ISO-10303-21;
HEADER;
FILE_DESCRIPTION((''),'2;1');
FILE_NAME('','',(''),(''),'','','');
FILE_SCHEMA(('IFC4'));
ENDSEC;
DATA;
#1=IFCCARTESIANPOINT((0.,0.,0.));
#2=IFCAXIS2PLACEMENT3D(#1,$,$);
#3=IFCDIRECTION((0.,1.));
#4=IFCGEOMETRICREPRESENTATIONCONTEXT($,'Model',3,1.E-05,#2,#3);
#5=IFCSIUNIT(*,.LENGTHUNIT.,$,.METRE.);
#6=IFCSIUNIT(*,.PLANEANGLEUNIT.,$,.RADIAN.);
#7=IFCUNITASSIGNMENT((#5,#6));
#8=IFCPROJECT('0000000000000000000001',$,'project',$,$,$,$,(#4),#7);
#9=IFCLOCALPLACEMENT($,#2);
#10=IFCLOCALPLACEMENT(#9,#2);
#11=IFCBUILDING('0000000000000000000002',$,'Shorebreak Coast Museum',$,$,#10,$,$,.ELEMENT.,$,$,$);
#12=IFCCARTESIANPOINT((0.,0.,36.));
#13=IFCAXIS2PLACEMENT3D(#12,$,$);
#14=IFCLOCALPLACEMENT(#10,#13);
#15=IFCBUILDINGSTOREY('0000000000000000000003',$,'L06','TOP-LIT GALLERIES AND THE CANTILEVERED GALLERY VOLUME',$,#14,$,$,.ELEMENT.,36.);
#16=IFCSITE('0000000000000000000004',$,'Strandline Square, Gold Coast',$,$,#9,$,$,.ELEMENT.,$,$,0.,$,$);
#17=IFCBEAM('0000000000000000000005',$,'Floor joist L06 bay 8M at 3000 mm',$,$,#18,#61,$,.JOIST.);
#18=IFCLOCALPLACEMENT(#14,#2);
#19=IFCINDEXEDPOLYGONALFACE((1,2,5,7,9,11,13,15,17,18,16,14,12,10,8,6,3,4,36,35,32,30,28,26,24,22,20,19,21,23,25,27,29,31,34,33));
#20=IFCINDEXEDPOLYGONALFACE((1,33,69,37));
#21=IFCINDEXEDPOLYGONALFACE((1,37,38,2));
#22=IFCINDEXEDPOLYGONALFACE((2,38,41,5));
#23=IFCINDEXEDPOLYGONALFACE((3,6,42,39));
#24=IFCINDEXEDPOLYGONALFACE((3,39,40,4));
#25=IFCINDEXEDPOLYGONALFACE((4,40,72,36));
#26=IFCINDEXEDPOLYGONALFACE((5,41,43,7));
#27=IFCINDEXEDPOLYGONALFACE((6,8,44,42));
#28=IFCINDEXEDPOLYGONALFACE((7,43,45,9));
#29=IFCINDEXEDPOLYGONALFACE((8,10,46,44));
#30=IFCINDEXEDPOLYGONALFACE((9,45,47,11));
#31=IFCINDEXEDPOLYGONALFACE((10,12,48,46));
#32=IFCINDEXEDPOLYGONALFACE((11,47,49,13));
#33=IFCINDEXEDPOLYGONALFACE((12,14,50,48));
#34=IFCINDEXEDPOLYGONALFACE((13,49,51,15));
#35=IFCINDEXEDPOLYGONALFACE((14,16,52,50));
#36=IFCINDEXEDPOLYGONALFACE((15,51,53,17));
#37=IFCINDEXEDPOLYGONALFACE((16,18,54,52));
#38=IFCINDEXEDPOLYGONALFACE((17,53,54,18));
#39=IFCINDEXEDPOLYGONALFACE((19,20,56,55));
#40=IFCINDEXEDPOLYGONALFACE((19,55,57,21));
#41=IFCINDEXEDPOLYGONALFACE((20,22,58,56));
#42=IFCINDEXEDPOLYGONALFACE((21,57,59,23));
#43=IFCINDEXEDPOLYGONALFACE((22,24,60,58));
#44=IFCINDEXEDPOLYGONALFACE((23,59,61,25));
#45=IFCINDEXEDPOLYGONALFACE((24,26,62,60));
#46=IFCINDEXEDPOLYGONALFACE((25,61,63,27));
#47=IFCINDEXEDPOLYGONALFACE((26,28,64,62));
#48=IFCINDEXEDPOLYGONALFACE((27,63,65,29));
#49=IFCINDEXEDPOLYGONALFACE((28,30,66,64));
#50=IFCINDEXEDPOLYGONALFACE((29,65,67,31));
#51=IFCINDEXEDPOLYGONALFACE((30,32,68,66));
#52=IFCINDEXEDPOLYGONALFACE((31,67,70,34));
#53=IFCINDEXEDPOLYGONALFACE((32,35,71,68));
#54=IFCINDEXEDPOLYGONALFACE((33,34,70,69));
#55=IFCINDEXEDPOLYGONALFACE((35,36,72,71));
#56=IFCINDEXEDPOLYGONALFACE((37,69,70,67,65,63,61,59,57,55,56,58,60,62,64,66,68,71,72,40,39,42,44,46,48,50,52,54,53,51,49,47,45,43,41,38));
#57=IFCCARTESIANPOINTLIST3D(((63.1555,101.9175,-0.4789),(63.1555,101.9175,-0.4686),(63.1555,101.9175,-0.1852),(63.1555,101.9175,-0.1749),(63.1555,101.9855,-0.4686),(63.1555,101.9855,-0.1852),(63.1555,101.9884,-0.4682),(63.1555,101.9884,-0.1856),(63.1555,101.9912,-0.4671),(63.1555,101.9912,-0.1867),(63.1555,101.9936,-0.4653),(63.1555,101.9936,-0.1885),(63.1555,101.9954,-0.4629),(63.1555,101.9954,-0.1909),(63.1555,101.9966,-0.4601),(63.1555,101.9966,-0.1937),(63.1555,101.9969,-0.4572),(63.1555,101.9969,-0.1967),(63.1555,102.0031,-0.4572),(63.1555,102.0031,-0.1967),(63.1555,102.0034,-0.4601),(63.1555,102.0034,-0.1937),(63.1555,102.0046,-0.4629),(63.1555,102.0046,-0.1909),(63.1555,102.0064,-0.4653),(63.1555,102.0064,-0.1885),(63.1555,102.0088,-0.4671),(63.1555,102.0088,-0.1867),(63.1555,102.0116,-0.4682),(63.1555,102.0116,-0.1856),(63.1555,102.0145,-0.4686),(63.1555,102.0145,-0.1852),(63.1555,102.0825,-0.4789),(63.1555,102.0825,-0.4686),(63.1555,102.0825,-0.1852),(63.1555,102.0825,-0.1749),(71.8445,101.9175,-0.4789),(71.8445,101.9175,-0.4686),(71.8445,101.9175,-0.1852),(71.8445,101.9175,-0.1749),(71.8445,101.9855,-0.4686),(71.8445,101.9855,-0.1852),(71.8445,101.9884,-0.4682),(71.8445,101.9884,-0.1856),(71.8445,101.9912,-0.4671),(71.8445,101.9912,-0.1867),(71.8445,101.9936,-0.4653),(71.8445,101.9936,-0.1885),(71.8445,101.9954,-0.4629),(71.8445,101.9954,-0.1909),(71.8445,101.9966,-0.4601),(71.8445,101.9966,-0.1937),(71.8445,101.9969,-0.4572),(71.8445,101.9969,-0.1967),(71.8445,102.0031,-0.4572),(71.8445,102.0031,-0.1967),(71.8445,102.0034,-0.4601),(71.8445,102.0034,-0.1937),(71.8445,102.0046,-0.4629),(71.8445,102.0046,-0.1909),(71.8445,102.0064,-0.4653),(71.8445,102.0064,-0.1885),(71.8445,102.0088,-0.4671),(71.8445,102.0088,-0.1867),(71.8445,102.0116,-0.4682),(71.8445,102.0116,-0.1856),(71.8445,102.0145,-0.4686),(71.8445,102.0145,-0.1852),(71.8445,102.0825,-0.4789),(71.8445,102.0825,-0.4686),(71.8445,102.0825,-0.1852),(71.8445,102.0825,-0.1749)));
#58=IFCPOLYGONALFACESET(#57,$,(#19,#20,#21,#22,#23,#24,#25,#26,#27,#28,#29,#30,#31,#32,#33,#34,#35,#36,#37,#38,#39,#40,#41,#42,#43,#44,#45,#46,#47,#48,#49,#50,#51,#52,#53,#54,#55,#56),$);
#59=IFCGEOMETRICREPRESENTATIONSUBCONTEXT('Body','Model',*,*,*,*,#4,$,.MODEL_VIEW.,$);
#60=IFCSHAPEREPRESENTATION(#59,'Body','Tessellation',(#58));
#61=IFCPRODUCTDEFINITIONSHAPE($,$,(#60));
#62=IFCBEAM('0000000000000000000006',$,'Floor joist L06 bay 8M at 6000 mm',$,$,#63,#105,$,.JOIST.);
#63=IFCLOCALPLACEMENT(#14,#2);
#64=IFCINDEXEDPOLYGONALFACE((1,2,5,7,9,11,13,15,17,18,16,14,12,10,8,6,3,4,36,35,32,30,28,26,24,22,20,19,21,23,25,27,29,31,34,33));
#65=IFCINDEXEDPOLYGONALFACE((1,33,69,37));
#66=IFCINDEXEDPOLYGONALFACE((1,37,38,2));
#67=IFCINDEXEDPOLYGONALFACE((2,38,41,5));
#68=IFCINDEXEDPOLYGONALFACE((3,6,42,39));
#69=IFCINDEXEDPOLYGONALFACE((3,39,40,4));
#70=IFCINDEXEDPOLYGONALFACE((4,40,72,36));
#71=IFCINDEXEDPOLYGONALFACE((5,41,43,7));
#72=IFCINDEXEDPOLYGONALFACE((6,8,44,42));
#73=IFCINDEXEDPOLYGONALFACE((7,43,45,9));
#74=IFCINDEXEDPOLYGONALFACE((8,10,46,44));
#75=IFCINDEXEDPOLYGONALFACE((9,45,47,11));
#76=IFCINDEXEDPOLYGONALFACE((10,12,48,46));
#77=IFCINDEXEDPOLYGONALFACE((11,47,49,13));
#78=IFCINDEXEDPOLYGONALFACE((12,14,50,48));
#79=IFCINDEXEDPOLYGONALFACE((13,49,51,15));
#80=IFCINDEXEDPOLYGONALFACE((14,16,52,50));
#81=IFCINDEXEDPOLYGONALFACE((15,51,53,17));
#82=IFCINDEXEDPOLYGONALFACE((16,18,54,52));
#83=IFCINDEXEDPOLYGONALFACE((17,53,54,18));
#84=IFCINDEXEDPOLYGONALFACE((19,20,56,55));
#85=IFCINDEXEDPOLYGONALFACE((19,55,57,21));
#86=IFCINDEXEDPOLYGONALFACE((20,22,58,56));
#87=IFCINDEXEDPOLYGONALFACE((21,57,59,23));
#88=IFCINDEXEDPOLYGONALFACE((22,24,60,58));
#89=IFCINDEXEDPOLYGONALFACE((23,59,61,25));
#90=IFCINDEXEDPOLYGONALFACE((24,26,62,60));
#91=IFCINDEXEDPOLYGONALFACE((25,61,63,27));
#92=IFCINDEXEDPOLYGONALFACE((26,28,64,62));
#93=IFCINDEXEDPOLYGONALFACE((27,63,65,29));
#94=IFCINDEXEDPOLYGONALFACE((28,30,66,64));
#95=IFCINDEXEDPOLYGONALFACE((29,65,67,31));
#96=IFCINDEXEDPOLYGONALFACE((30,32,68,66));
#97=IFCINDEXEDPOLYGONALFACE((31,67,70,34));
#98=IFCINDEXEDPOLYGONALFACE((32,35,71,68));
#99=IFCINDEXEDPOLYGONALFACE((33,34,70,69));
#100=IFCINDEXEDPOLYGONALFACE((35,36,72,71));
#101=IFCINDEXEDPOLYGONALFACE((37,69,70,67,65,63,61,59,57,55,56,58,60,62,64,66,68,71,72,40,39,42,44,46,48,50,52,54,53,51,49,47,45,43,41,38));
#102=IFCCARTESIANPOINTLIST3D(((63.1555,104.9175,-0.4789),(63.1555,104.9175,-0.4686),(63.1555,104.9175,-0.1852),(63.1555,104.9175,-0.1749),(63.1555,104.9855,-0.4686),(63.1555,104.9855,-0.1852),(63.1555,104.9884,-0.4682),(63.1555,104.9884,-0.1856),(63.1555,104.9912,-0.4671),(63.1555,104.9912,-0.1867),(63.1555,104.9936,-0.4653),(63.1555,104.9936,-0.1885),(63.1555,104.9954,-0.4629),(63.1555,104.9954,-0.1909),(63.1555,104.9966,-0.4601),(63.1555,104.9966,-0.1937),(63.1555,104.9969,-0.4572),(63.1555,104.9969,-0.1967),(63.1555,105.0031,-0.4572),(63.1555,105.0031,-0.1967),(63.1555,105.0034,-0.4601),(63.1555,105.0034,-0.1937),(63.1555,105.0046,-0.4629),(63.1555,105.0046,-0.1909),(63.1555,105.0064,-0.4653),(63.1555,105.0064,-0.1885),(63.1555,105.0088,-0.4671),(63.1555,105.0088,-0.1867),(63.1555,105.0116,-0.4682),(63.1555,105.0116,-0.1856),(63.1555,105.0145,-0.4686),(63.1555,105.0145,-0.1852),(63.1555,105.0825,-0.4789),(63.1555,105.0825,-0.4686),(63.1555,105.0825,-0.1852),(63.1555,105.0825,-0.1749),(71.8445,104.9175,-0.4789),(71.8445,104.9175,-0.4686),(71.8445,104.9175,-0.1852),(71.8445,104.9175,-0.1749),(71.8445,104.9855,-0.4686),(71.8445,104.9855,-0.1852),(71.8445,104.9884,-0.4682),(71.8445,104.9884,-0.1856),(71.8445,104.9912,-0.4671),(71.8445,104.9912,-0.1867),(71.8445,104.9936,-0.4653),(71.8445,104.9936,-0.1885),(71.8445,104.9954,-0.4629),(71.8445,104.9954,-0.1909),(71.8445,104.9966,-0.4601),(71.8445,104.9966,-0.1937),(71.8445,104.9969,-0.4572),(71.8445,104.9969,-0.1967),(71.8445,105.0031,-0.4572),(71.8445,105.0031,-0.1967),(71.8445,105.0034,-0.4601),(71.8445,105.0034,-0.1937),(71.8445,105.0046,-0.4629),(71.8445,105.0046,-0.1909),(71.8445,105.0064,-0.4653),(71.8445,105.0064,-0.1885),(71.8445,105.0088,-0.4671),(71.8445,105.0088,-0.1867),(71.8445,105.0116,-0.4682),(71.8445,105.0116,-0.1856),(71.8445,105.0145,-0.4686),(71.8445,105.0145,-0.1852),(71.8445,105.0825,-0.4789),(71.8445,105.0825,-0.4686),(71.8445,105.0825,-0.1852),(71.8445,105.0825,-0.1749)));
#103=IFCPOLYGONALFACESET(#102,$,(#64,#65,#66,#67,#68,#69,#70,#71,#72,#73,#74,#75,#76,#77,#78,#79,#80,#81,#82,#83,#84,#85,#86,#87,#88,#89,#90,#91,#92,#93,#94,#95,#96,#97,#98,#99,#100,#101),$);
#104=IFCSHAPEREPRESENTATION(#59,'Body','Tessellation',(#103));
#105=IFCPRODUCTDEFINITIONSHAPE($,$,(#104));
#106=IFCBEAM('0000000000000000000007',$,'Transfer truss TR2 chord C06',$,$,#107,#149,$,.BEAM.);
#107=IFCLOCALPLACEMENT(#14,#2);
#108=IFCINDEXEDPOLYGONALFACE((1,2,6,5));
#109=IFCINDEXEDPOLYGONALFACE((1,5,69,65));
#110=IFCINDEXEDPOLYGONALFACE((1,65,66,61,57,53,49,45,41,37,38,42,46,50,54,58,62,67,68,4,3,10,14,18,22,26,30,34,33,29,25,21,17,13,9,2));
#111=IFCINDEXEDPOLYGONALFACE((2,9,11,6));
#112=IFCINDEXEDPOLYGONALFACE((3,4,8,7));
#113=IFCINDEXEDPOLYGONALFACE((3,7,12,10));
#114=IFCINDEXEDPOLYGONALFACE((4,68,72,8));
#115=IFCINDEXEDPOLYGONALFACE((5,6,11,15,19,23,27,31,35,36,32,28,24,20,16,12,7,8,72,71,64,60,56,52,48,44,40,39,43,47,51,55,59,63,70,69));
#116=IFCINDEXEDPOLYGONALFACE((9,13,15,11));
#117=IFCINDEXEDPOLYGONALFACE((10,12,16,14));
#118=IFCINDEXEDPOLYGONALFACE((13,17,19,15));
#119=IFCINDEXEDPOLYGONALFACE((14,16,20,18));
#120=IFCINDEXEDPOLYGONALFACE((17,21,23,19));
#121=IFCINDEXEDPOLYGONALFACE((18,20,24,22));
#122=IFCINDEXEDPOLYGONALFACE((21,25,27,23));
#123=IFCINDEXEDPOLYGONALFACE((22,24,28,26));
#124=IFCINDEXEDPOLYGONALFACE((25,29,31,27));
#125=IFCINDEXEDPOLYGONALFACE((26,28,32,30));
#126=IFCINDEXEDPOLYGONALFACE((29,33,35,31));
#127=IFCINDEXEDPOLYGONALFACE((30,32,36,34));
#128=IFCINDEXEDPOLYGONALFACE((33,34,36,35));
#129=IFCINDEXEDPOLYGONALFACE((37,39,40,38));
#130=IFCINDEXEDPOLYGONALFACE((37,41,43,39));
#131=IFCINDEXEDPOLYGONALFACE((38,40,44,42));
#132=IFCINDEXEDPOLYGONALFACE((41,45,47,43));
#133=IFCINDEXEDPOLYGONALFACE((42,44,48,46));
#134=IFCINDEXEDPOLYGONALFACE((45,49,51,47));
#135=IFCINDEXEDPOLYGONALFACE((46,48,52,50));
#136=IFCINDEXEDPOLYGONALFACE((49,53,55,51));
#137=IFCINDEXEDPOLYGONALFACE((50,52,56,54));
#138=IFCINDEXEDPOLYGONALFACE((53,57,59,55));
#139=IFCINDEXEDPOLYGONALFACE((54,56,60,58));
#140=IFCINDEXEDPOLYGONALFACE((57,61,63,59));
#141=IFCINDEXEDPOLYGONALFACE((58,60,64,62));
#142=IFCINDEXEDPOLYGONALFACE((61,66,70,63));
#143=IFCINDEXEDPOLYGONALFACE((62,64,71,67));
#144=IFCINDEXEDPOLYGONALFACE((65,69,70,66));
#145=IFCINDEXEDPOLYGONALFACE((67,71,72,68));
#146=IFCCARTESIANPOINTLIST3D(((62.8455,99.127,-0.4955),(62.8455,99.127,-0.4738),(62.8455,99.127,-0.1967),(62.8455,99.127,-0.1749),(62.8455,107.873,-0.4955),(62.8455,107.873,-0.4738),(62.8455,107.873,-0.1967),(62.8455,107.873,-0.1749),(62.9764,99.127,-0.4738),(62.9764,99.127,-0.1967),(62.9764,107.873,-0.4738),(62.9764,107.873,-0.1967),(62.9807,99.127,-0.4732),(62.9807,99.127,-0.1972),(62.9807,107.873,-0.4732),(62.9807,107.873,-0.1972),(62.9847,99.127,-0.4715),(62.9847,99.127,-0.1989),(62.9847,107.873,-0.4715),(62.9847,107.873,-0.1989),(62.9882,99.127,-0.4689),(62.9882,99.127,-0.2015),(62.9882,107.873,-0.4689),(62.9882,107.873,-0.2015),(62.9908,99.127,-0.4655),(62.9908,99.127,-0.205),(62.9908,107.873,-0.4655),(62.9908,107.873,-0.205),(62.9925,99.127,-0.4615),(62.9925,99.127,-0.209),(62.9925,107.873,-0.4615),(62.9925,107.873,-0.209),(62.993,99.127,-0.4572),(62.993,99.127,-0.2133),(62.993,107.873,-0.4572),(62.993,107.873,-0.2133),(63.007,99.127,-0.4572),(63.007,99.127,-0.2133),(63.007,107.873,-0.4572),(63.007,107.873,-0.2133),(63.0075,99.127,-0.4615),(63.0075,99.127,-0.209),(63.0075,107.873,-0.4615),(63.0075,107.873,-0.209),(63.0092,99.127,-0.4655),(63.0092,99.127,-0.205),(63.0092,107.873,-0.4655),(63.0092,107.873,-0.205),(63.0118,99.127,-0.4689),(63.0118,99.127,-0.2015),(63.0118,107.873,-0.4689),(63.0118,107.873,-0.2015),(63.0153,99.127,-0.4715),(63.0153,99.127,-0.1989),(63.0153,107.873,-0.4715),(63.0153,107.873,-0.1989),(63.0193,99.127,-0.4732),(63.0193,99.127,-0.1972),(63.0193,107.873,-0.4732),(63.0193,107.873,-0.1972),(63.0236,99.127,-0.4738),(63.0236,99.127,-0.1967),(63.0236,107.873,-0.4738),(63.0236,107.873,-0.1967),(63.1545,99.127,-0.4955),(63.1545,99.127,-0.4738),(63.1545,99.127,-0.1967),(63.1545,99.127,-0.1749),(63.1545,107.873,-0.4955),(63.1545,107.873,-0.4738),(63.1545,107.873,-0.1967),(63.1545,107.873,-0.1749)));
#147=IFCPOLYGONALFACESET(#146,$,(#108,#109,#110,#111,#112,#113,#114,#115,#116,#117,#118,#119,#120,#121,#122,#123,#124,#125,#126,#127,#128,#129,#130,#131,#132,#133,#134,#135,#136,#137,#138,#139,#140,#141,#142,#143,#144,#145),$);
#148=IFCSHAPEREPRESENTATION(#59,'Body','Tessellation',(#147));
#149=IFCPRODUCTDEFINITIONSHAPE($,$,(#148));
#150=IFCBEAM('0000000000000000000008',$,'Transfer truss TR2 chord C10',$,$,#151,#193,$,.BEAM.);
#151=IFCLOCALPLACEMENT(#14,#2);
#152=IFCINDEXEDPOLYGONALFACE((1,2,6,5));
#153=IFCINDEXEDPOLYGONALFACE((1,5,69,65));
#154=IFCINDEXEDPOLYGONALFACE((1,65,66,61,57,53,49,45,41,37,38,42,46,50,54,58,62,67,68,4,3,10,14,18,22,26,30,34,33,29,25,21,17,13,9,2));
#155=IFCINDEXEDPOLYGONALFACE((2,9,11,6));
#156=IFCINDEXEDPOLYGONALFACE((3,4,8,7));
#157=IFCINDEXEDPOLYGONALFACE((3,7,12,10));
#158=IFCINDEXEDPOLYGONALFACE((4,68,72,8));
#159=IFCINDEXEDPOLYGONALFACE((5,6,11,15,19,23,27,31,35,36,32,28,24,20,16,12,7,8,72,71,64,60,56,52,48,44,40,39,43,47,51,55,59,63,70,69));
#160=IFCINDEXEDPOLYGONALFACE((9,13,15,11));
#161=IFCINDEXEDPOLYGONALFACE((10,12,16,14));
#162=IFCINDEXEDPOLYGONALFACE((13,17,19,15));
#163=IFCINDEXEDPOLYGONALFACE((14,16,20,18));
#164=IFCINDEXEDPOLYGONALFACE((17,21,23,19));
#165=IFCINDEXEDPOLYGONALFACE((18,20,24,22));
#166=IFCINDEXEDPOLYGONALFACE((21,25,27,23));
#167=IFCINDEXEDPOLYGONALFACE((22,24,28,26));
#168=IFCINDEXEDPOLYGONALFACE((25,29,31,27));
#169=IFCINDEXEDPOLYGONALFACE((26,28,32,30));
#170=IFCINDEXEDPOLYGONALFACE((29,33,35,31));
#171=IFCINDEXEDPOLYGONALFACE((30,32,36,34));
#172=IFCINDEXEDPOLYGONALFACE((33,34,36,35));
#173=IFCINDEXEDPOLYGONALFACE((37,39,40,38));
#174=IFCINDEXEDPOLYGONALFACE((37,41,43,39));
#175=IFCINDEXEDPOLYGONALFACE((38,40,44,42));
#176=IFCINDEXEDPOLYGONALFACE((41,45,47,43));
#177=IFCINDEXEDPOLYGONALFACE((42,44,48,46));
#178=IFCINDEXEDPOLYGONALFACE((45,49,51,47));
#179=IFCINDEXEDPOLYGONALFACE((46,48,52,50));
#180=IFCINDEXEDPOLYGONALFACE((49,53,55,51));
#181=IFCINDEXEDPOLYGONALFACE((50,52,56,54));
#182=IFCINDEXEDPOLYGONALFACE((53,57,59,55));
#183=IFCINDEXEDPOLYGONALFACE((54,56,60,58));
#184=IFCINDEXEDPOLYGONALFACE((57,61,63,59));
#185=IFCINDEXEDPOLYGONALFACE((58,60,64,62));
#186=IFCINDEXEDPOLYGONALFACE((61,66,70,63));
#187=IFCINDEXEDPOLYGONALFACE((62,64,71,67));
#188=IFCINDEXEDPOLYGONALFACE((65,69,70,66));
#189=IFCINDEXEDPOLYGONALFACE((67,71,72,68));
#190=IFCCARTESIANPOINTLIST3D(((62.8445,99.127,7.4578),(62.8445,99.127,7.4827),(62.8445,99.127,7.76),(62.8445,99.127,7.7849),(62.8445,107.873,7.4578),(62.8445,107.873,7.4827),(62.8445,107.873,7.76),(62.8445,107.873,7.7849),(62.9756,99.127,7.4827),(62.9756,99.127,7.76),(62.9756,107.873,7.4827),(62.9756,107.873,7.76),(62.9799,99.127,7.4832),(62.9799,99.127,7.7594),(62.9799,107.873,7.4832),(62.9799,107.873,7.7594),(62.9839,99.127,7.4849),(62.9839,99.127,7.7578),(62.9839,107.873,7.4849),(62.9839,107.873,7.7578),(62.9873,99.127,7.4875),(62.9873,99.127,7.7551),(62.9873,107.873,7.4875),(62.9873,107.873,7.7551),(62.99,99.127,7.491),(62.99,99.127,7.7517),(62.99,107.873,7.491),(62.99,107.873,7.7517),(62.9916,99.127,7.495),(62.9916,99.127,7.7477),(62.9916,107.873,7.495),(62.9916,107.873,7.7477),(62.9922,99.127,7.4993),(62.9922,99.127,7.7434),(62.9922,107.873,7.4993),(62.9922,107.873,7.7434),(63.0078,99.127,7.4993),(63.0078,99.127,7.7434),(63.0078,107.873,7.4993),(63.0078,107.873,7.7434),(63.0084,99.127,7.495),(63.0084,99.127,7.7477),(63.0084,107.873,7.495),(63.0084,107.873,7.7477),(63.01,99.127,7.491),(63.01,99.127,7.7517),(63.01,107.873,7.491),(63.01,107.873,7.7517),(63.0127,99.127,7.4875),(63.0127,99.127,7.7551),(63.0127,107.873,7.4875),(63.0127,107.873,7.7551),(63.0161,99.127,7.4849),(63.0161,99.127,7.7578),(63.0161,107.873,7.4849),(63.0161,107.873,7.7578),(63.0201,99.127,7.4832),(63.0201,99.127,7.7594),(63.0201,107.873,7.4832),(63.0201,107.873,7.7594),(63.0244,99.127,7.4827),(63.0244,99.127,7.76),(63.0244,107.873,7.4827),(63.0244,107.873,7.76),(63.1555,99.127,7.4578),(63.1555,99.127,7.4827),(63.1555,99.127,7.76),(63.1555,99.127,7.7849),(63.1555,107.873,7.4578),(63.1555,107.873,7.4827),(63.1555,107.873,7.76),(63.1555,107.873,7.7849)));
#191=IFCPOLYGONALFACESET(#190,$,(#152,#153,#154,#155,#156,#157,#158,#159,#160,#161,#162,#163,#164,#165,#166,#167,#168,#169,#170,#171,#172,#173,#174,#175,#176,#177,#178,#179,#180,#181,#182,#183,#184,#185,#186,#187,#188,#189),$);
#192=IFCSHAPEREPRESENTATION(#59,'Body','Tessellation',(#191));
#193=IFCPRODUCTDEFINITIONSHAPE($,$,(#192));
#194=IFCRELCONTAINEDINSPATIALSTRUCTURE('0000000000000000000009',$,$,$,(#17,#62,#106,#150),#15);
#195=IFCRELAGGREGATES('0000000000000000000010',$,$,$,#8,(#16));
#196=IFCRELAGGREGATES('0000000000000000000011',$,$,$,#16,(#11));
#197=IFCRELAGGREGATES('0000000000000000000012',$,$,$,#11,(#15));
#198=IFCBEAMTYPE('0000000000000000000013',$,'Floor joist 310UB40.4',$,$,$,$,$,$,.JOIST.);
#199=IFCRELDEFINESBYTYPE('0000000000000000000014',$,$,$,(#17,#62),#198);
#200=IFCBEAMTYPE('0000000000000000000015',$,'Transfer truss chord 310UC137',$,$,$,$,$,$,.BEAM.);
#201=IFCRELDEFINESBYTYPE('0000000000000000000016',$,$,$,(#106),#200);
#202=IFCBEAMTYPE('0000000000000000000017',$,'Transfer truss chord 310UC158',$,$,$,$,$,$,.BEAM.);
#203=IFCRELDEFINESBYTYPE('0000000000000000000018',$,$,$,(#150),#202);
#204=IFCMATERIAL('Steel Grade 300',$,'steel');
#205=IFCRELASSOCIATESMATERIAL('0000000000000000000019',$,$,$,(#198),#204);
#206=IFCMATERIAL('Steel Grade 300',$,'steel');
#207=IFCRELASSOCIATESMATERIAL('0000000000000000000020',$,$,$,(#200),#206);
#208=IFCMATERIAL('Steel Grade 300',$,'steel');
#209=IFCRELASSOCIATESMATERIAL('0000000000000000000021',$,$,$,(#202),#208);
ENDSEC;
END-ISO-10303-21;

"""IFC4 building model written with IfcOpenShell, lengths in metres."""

from ifc_helpers import new_model, si_unit, direction, frame, origin, origin_2d, place, context, subcontext, project, spatial, i_section, extrude, material, material_profile, profile_set, type_object, element, save


model = new_model("IFC4")

# Units and contexts
model_context = context("Model", 3, precision=1e-05, world=origin(), true_north=direction((0.0, 1.0)))
body_context = subcontext(model_context, "Body", "Model", "MODEL_VIEW")
ifc_project = project(units=[si_unit("LENGTHUNIT", "METRE"), si_unit("PLANEANGLEUNIT", "RADIAN")], contexts=[model_context])

# Site, building, storey
site_placement = place(None, origin())
site = spatial("IfcSite", under=ifc_project, at=site_placement, Name="Strandline Square, Gold Coast", CompositionType="ELEMENT", RefElevation=0.0)
building_placement = place(site_placement, origin())
building = spatial("IfcBuilding", under=site, at=building_placement, Name="Shorebreak Coast Museum", CompositionType="ELEMENT")
storey_placement = place(building_placement, frame((0.0, 0.0, 36.0)))
storey = spatial("IfcBuildingStorey", under=building, at=storey_placement, Name="L06", Description="TOP-LIT GALLERIES AND THE CANTILEVERED GALLERY VOLUME", CompositionType="ELEMENT", Elevation=36.0)

# Beams
ifc_material_1 = material(Name="Steel Grade 300", Category="steel")
ifc_material_profile_1 = material_profile(ifc_material_1, i_section(OverallWidth=0.165, OverallDepth=0.304, WebThickness=0.0061, FlangeThickness=0.0103, FilletRadius=0.0115, at=origin_2d()), Name="310UB40.4")
ifc_profile_set_1 = profile_set([ifc_material_profile_1], Name="Steel Grade 300")
beam_type_1 = type_object("IfcBeamType", Name="Floor joist 310UB40.4", PredefinedType="JOIST", material=ifc_profile_set_1)
for number, where, z_axis, x_axis, name in (
    (1, (63.1555, 102.0, -0.3269), (1.0, 0.0, 0.0), (0.0, 1.0, 0.0), "Floor joist L06 bay 8M at 3000 mm"),
    (2, (63.1555, 105.0, -0.3269), (1.0, 0.0, 0.0), (0.0, 1.0, 0.0), "Floor joist L06 bay 8M at 6000 mm"),
):
    element("IfcBeam", number, at=place(storey_placement, frame(where, z_axis=z_axis, x_axis=x_axis)), inside=storey, type_object=beam_type_1, Name=name, PredefinedType="JOIST", context=body_context, shape_type="SweptSolid", body=[
        extrude(i_section(OverallWidth=0.165, OverallDepth=0.304, WebThickness=0.0061, FlangeThickness=0.0103, FilletRadius=0.0115, at=origin_2d()), origin(), (0.0, 0.0, 1.0), 8.689),
    ])
ifc_material_2 = material(Name="Steel Grade 300", Category="steel")
ifc_material_profile_2 = material_profile(ifc_material_2, i_section(OverallWidth=0.3091, OverallDepth=0.3206, WebThickness=0.0139, FlangeThickness=0.0217, FilletRadius=0.0166, at=origin_2d()), Name="310UC137")
ifc_profile_set_2 = profile_set([ifc_material_profile_2], Name="Steel Grade 300")
beam_type_2 = type_object("IfcBeamType", Name="Transfer truss chord 310UC137", PredefinedType="BEAM", material=ifc_profile_set_2)
beam_1_placement = place(storey_placement, frame((63.0, 99.127, -0.3352), z_axis=(0.0, 1.0, 0.0), x_axis=(-1.0, 0.0, 0.0)))
element("IfcBeam", 3, at=beam_1_placement, inside=storey, type_object=beam_type_2, Name="Transfer truss TR2 chord C06", PredefinedType="BEAM", context=body_context, shape_type="SweptSolid", body=[
    extrude(i_section(OverallWidth=0.3091, OverallDepth=0.3206, WebThickness=0.0139, FlangeThickness=0.0217, FilletRadius=0.0166, at=origin_2d()), origin(), (0.0, 0.0, 1.0), 8.7461),
])
ifc_material_3 = material(Name="Steel Grade 300", Category="steel")
ifc_material_profile_3 = material_profile(ifc_material_3, i_section(OverallWidth=0.311, OverallDepth=0.3271, WebThickness=0.0156, FlangeThickness=0.0249, FilletRadius=0.0166, at=origin_2d()), Name="310UC158")
ifc_profile_set_3 = profile_set([ifc_material_profile_3], Name="Steel Grade 300")
beam_type_3 = type_object("IfcBeamType", Name="Transfer truss chord 310UC158", PredefinedType="BEAM", material=ifc_profile_set_3)
beam_2_placement = place(storey_placement, frame((63.0, 99.127, 7.6213), z_axis=(0.0, 1.0, 0.0), x_axis=(-1.0, 0.0, 0.0)))
element("IfcBeam", 4, at=beam_2_placement, inside=storey, type_object=beam_type_3, Name="Transfer truss TR2 chord C10", PredefinedType="BEAM", context=body_context, shape_type="SweptSolid", body=[
    extrude(i_section(OverallWidth=0.311, OverallDepth=0.3271, WebThickness=0.0156, FlangeThickness=0.0249, FilletRadius=0.0166, at=origin_2d()), origin(), (0.0, 0.0, 1.0), 8.7461),
])

save(model, "model.ifc")
